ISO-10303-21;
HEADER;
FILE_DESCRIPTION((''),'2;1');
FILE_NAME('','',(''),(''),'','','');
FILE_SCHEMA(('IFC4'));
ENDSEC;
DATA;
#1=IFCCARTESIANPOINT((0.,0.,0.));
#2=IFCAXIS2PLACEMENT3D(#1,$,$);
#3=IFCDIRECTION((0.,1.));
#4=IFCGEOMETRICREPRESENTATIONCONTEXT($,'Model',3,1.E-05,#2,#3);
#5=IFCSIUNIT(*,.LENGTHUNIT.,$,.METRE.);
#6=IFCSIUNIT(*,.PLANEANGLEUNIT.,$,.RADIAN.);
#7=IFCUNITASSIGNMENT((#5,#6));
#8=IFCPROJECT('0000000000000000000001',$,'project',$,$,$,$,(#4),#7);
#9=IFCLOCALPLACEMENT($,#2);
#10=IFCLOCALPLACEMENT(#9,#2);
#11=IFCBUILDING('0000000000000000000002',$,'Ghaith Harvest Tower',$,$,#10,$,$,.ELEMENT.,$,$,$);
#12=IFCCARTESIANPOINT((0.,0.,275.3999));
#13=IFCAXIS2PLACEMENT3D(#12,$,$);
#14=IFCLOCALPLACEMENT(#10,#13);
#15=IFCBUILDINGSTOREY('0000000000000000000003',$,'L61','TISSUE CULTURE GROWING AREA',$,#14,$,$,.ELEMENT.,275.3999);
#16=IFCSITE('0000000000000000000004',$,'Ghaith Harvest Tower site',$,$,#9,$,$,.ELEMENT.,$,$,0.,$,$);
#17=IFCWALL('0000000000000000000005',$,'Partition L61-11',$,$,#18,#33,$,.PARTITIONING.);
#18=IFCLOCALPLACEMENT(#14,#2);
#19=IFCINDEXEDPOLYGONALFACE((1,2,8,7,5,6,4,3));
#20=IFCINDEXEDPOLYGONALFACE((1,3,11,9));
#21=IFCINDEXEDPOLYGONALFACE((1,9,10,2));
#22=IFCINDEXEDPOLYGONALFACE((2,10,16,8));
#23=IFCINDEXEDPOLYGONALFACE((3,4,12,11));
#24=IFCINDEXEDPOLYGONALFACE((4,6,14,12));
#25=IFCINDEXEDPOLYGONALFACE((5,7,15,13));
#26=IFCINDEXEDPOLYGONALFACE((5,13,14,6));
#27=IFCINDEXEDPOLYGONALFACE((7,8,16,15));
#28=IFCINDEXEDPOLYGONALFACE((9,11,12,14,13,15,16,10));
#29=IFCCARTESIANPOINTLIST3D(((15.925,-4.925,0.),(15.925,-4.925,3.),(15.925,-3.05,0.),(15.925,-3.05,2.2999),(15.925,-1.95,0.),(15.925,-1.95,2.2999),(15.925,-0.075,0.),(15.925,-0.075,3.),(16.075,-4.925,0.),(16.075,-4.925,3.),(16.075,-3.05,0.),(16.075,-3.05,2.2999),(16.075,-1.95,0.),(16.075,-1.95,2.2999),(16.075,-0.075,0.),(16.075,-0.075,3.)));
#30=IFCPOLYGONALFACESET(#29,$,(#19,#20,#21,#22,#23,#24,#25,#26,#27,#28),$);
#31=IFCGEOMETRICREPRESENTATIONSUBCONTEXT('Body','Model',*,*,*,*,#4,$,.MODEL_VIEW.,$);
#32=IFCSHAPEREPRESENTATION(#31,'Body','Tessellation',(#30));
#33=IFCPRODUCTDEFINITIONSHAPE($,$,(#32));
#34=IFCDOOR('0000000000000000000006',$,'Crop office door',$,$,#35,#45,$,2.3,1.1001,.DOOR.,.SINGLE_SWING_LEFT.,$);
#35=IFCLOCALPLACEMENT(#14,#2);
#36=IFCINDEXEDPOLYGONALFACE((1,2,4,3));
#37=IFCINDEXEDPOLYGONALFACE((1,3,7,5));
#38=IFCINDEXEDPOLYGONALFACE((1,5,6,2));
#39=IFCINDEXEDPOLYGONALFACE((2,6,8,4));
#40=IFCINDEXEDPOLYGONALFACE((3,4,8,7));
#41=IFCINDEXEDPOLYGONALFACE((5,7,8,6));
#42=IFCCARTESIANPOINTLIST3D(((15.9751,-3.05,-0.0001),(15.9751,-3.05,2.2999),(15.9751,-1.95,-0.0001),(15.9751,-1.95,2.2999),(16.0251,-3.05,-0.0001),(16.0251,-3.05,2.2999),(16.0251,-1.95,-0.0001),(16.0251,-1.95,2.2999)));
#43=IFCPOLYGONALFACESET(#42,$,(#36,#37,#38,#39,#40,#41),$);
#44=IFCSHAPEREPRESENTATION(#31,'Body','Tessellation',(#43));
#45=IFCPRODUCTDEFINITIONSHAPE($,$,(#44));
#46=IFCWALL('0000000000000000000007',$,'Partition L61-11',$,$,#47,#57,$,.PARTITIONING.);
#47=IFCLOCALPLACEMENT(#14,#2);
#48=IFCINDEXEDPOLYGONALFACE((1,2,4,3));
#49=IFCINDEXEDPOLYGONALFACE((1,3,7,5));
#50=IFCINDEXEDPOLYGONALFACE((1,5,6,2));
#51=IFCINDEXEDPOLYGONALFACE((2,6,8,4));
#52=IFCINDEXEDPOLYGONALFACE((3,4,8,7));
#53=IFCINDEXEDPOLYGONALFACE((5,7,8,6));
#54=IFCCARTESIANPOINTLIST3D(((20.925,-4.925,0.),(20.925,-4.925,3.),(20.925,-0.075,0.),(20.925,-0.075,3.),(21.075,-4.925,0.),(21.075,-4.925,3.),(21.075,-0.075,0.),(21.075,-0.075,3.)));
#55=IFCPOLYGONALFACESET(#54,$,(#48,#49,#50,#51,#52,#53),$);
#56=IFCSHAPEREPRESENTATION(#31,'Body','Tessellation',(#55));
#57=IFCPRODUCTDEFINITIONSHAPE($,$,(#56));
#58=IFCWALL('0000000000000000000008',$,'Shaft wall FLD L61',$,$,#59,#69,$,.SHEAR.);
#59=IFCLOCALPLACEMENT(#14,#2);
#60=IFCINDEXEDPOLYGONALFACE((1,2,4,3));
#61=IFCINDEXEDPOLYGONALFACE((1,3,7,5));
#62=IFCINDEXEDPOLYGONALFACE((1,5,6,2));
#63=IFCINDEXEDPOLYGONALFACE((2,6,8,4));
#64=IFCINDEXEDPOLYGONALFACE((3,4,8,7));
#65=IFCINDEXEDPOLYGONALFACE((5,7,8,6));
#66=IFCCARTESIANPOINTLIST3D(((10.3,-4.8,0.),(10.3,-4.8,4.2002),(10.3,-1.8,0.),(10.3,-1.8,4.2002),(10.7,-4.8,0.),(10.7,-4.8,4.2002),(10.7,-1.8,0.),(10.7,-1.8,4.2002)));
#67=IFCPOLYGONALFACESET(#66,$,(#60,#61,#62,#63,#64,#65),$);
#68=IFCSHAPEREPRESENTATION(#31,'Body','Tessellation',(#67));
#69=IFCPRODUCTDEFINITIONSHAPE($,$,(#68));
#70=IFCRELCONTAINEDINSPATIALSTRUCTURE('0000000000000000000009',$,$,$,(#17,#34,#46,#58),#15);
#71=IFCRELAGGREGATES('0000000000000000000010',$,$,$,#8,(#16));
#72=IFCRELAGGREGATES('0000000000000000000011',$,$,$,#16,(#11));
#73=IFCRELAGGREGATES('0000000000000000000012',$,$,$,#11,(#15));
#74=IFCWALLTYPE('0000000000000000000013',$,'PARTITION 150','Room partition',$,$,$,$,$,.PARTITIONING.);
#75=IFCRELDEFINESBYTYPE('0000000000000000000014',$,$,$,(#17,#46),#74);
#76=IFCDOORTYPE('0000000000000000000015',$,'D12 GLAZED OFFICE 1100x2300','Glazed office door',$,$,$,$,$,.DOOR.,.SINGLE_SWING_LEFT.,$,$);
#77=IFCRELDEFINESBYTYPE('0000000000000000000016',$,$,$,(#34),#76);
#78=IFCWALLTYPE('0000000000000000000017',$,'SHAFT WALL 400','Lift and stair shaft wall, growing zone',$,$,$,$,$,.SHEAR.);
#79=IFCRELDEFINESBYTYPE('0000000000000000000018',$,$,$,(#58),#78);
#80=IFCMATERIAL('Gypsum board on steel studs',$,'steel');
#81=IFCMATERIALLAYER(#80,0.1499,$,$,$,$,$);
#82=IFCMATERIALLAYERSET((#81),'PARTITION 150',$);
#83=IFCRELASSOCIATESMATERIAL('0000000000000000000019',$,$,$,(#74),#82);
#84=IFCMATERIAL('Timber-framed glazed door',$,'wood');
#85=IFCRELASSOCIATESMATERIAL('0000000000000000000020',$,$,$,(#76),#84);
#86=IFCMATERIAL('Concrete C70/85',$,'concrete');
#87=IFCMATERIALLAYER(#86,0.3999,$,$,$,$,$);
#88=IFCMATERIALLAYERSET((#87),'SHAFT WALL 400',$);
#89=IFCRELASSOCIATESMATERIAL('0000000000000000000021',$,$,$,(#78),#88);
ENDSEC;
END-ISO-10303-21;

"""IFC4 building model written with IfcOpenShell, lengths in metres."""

from ifc_helpers import new_model, si_unit, direction, frame, frame_2d, origin, place, context, subcontext, project, spatial, rectangle, extrude, material, layer, layer_set, type_object, element, fill, save


model = new_model("IFC4")

# Units and contexts
model_context = context("Model", 3, precision=1e-05, world=origin(), true_north=direction((0.0, 1.0)))
body_context = subcontext(model_context, "Body", "Model", "MODEL_VIEW")
ifc_project = project(units=[si_unit("LENGTHUNIT", "METRE"), si_unit("PLANEANGLEUNIT", "RADIAN")], contexts=[model_context])

# Site, building, storey
site_placement = place(None, origin())
site = spatial("IfcSite", under=ifc_project, at=site_placement, Name="Ghaith Harvest Tower site", CompositionType="ELEMENT", RefElevation=0.0)
building_placement = place(site_placement, origin())
building = spatial("IfcBuilding", under=site, at=building_placement, Name="Ghaith Harvest Tower", CompositionType="ELEMENT")
storey_placement = place(building_placement, frame((0.0, 0.0, 275.3999)))
storey = spatial("IfcBuildingStorey", under=building, at=storey_placement, Name="L61", Description="TISSUE CULTURE GROWING AREA", CompositionType="ELEMENT", Elevation=275.3999)

# Shared definitions
ifc_material_1 = material(Name="Gypsum board on steel studs", Category="steel")
ifc_layer_1 = layer(ifc_material_1, 0.1499)
ifc_layer_set_1 = layer_set([ifc_layer_1], Name="PARTITION 150")
wall_type_1 = type_object("IfcWallType", Name="PARTITION 150", Description="Room partition", PredefinedType="PARTITIONING", material=ifc_layer_set_1)

# Wall, opening, door
wall_1_placement = place(storey_placement, frame((16.0, -4.925, 0.0), z_axis=(0.0, 0.0, 1.0), x_axis=(0.0, 1.0, 0.0)))
wall_1 = element("IfcWall", 1, at=wall_1_placement, inside=storey, type_object=wall_type_1, Name="Partition L61-11", PredefinedType="PARTITIONING", context=body_context, shape_type="SweptSolid", body=[
    extrude(rectangle(XDim=4.8501, YDim=0.1499, at=frame_2d((2.425, 0.0))), origin(), (0.0, 0.0, 1.0), 3.0),
])
opening_1_placement = place(wall_1_placement, frame((1.875, 0.0, 0.0)))
opening_1 = element("IfcOpeningElement", 2, at=opening_1_placement, cuts=wall_1, PredefinedType="OPENING", context=body_context, shape_type="SweptSolid", body=[
    extrude(rectangle(XDim=1.1001, YDim=2.3, at=frame_2d((0.55, 1.1499))), frame((0.0, 0.085, 0.0), z_axis=(0.0, -1.0, 0.0), x_axis=(1.0, 0.0, 0.0)), (0.0, 0.0, 1.0), 0.1699),
])
ifc_material_2 = material(Name="Timber-framed glazed door", Category="wood")
door_type_1 = type_object("IfcDoorType", Name="D12 GLAZED OFFICE 1100x2300", Description="Glazed office door", OperationType="SINGLE_SWING_LEFT", PredefinedType="DOOR", material=ifc_material_2)
door_1_placement = place(opening_1_placement, origin())
door_1 = element("IfcDoor", 3, at=door_1_placement, inside=storey, type_object=door_type_1, Name="Crop office door", OperationType="SINGLE_SWING_LEFT", OverallHeight=2.3, OverallWidth=1.1001, PredefinedType="DOOR", context=body_context, shape_type="SweptSolid", body=[
    extrude(rectangle(XDim=1.1001, YDim=2.3, at=frame_2d((0.55, 1.1499))), frame((0.0, 0.0249, 0.0), z_axis=(0.0, -1.0, 0.0), x_axis=(1.0, 0.0, 0.0)), (0.0, 0.0, 1.0), 0.05),
])
fill(opening_1, door_1)

# Walls
wall_2_placement = place(storey_placement, frame((21.0, -4.925, 0.0), z_axis=(0.0, 0.0, 1.0), x_axis=(0.0, 1.0, 0.0)))
element("IfcWall", 4, at=wall_2_placement, inside=storey, type_object=wall_type_1, Name="Partition L61-11", PredefinedType="PARTITIONING", context=body_context, shape_type="SweptSolid", body=[
    extrude(rectangle(XDim=4.8501, YDim=0.1499, at=frame_2d((2.425, 0.0))), origin(), (0.0, 0.0, 1.0), 3.0),
])
ifc_material_3 = material(Name="Concrete C70/85", Category="concrete")
ifc_layer_2 = layer(ifc_material_3, 0.3999)
ifc_layer_set_2 = layer_set([ifc_layer_2], Name="SHAFT WALL 400")
wall_type_2 = type_object("IfcWallType", Name="SHAFT WALL 400", Description="Lift and stair shaft wall, growing zone", PredefinedType="SHEAR", material=ifc_layer_set_2)
wall_3_placement = place(storey_placement, frame((10.5, -4.8, 0.0), z_axis=(0.0, 0.0, 1.0), x_axis=(0.0, 1.0, 0.0)))
element("IfcWall", 5, at=wall_3_placement, inside=storey, type_object=wall_type_2, Name="Shaft wall FLD L61", PredefinedType="SHEAR", context=body_context, shape_type="SweptSolid", body=[
    extrude(rectangle(XDim=3.0, YDim=0.3999, at=frame_2d((1.5, 0.0))), origin(), (0.0, 0.0, 1.0), 4.2002),
])

save(model, "model.ifc")
